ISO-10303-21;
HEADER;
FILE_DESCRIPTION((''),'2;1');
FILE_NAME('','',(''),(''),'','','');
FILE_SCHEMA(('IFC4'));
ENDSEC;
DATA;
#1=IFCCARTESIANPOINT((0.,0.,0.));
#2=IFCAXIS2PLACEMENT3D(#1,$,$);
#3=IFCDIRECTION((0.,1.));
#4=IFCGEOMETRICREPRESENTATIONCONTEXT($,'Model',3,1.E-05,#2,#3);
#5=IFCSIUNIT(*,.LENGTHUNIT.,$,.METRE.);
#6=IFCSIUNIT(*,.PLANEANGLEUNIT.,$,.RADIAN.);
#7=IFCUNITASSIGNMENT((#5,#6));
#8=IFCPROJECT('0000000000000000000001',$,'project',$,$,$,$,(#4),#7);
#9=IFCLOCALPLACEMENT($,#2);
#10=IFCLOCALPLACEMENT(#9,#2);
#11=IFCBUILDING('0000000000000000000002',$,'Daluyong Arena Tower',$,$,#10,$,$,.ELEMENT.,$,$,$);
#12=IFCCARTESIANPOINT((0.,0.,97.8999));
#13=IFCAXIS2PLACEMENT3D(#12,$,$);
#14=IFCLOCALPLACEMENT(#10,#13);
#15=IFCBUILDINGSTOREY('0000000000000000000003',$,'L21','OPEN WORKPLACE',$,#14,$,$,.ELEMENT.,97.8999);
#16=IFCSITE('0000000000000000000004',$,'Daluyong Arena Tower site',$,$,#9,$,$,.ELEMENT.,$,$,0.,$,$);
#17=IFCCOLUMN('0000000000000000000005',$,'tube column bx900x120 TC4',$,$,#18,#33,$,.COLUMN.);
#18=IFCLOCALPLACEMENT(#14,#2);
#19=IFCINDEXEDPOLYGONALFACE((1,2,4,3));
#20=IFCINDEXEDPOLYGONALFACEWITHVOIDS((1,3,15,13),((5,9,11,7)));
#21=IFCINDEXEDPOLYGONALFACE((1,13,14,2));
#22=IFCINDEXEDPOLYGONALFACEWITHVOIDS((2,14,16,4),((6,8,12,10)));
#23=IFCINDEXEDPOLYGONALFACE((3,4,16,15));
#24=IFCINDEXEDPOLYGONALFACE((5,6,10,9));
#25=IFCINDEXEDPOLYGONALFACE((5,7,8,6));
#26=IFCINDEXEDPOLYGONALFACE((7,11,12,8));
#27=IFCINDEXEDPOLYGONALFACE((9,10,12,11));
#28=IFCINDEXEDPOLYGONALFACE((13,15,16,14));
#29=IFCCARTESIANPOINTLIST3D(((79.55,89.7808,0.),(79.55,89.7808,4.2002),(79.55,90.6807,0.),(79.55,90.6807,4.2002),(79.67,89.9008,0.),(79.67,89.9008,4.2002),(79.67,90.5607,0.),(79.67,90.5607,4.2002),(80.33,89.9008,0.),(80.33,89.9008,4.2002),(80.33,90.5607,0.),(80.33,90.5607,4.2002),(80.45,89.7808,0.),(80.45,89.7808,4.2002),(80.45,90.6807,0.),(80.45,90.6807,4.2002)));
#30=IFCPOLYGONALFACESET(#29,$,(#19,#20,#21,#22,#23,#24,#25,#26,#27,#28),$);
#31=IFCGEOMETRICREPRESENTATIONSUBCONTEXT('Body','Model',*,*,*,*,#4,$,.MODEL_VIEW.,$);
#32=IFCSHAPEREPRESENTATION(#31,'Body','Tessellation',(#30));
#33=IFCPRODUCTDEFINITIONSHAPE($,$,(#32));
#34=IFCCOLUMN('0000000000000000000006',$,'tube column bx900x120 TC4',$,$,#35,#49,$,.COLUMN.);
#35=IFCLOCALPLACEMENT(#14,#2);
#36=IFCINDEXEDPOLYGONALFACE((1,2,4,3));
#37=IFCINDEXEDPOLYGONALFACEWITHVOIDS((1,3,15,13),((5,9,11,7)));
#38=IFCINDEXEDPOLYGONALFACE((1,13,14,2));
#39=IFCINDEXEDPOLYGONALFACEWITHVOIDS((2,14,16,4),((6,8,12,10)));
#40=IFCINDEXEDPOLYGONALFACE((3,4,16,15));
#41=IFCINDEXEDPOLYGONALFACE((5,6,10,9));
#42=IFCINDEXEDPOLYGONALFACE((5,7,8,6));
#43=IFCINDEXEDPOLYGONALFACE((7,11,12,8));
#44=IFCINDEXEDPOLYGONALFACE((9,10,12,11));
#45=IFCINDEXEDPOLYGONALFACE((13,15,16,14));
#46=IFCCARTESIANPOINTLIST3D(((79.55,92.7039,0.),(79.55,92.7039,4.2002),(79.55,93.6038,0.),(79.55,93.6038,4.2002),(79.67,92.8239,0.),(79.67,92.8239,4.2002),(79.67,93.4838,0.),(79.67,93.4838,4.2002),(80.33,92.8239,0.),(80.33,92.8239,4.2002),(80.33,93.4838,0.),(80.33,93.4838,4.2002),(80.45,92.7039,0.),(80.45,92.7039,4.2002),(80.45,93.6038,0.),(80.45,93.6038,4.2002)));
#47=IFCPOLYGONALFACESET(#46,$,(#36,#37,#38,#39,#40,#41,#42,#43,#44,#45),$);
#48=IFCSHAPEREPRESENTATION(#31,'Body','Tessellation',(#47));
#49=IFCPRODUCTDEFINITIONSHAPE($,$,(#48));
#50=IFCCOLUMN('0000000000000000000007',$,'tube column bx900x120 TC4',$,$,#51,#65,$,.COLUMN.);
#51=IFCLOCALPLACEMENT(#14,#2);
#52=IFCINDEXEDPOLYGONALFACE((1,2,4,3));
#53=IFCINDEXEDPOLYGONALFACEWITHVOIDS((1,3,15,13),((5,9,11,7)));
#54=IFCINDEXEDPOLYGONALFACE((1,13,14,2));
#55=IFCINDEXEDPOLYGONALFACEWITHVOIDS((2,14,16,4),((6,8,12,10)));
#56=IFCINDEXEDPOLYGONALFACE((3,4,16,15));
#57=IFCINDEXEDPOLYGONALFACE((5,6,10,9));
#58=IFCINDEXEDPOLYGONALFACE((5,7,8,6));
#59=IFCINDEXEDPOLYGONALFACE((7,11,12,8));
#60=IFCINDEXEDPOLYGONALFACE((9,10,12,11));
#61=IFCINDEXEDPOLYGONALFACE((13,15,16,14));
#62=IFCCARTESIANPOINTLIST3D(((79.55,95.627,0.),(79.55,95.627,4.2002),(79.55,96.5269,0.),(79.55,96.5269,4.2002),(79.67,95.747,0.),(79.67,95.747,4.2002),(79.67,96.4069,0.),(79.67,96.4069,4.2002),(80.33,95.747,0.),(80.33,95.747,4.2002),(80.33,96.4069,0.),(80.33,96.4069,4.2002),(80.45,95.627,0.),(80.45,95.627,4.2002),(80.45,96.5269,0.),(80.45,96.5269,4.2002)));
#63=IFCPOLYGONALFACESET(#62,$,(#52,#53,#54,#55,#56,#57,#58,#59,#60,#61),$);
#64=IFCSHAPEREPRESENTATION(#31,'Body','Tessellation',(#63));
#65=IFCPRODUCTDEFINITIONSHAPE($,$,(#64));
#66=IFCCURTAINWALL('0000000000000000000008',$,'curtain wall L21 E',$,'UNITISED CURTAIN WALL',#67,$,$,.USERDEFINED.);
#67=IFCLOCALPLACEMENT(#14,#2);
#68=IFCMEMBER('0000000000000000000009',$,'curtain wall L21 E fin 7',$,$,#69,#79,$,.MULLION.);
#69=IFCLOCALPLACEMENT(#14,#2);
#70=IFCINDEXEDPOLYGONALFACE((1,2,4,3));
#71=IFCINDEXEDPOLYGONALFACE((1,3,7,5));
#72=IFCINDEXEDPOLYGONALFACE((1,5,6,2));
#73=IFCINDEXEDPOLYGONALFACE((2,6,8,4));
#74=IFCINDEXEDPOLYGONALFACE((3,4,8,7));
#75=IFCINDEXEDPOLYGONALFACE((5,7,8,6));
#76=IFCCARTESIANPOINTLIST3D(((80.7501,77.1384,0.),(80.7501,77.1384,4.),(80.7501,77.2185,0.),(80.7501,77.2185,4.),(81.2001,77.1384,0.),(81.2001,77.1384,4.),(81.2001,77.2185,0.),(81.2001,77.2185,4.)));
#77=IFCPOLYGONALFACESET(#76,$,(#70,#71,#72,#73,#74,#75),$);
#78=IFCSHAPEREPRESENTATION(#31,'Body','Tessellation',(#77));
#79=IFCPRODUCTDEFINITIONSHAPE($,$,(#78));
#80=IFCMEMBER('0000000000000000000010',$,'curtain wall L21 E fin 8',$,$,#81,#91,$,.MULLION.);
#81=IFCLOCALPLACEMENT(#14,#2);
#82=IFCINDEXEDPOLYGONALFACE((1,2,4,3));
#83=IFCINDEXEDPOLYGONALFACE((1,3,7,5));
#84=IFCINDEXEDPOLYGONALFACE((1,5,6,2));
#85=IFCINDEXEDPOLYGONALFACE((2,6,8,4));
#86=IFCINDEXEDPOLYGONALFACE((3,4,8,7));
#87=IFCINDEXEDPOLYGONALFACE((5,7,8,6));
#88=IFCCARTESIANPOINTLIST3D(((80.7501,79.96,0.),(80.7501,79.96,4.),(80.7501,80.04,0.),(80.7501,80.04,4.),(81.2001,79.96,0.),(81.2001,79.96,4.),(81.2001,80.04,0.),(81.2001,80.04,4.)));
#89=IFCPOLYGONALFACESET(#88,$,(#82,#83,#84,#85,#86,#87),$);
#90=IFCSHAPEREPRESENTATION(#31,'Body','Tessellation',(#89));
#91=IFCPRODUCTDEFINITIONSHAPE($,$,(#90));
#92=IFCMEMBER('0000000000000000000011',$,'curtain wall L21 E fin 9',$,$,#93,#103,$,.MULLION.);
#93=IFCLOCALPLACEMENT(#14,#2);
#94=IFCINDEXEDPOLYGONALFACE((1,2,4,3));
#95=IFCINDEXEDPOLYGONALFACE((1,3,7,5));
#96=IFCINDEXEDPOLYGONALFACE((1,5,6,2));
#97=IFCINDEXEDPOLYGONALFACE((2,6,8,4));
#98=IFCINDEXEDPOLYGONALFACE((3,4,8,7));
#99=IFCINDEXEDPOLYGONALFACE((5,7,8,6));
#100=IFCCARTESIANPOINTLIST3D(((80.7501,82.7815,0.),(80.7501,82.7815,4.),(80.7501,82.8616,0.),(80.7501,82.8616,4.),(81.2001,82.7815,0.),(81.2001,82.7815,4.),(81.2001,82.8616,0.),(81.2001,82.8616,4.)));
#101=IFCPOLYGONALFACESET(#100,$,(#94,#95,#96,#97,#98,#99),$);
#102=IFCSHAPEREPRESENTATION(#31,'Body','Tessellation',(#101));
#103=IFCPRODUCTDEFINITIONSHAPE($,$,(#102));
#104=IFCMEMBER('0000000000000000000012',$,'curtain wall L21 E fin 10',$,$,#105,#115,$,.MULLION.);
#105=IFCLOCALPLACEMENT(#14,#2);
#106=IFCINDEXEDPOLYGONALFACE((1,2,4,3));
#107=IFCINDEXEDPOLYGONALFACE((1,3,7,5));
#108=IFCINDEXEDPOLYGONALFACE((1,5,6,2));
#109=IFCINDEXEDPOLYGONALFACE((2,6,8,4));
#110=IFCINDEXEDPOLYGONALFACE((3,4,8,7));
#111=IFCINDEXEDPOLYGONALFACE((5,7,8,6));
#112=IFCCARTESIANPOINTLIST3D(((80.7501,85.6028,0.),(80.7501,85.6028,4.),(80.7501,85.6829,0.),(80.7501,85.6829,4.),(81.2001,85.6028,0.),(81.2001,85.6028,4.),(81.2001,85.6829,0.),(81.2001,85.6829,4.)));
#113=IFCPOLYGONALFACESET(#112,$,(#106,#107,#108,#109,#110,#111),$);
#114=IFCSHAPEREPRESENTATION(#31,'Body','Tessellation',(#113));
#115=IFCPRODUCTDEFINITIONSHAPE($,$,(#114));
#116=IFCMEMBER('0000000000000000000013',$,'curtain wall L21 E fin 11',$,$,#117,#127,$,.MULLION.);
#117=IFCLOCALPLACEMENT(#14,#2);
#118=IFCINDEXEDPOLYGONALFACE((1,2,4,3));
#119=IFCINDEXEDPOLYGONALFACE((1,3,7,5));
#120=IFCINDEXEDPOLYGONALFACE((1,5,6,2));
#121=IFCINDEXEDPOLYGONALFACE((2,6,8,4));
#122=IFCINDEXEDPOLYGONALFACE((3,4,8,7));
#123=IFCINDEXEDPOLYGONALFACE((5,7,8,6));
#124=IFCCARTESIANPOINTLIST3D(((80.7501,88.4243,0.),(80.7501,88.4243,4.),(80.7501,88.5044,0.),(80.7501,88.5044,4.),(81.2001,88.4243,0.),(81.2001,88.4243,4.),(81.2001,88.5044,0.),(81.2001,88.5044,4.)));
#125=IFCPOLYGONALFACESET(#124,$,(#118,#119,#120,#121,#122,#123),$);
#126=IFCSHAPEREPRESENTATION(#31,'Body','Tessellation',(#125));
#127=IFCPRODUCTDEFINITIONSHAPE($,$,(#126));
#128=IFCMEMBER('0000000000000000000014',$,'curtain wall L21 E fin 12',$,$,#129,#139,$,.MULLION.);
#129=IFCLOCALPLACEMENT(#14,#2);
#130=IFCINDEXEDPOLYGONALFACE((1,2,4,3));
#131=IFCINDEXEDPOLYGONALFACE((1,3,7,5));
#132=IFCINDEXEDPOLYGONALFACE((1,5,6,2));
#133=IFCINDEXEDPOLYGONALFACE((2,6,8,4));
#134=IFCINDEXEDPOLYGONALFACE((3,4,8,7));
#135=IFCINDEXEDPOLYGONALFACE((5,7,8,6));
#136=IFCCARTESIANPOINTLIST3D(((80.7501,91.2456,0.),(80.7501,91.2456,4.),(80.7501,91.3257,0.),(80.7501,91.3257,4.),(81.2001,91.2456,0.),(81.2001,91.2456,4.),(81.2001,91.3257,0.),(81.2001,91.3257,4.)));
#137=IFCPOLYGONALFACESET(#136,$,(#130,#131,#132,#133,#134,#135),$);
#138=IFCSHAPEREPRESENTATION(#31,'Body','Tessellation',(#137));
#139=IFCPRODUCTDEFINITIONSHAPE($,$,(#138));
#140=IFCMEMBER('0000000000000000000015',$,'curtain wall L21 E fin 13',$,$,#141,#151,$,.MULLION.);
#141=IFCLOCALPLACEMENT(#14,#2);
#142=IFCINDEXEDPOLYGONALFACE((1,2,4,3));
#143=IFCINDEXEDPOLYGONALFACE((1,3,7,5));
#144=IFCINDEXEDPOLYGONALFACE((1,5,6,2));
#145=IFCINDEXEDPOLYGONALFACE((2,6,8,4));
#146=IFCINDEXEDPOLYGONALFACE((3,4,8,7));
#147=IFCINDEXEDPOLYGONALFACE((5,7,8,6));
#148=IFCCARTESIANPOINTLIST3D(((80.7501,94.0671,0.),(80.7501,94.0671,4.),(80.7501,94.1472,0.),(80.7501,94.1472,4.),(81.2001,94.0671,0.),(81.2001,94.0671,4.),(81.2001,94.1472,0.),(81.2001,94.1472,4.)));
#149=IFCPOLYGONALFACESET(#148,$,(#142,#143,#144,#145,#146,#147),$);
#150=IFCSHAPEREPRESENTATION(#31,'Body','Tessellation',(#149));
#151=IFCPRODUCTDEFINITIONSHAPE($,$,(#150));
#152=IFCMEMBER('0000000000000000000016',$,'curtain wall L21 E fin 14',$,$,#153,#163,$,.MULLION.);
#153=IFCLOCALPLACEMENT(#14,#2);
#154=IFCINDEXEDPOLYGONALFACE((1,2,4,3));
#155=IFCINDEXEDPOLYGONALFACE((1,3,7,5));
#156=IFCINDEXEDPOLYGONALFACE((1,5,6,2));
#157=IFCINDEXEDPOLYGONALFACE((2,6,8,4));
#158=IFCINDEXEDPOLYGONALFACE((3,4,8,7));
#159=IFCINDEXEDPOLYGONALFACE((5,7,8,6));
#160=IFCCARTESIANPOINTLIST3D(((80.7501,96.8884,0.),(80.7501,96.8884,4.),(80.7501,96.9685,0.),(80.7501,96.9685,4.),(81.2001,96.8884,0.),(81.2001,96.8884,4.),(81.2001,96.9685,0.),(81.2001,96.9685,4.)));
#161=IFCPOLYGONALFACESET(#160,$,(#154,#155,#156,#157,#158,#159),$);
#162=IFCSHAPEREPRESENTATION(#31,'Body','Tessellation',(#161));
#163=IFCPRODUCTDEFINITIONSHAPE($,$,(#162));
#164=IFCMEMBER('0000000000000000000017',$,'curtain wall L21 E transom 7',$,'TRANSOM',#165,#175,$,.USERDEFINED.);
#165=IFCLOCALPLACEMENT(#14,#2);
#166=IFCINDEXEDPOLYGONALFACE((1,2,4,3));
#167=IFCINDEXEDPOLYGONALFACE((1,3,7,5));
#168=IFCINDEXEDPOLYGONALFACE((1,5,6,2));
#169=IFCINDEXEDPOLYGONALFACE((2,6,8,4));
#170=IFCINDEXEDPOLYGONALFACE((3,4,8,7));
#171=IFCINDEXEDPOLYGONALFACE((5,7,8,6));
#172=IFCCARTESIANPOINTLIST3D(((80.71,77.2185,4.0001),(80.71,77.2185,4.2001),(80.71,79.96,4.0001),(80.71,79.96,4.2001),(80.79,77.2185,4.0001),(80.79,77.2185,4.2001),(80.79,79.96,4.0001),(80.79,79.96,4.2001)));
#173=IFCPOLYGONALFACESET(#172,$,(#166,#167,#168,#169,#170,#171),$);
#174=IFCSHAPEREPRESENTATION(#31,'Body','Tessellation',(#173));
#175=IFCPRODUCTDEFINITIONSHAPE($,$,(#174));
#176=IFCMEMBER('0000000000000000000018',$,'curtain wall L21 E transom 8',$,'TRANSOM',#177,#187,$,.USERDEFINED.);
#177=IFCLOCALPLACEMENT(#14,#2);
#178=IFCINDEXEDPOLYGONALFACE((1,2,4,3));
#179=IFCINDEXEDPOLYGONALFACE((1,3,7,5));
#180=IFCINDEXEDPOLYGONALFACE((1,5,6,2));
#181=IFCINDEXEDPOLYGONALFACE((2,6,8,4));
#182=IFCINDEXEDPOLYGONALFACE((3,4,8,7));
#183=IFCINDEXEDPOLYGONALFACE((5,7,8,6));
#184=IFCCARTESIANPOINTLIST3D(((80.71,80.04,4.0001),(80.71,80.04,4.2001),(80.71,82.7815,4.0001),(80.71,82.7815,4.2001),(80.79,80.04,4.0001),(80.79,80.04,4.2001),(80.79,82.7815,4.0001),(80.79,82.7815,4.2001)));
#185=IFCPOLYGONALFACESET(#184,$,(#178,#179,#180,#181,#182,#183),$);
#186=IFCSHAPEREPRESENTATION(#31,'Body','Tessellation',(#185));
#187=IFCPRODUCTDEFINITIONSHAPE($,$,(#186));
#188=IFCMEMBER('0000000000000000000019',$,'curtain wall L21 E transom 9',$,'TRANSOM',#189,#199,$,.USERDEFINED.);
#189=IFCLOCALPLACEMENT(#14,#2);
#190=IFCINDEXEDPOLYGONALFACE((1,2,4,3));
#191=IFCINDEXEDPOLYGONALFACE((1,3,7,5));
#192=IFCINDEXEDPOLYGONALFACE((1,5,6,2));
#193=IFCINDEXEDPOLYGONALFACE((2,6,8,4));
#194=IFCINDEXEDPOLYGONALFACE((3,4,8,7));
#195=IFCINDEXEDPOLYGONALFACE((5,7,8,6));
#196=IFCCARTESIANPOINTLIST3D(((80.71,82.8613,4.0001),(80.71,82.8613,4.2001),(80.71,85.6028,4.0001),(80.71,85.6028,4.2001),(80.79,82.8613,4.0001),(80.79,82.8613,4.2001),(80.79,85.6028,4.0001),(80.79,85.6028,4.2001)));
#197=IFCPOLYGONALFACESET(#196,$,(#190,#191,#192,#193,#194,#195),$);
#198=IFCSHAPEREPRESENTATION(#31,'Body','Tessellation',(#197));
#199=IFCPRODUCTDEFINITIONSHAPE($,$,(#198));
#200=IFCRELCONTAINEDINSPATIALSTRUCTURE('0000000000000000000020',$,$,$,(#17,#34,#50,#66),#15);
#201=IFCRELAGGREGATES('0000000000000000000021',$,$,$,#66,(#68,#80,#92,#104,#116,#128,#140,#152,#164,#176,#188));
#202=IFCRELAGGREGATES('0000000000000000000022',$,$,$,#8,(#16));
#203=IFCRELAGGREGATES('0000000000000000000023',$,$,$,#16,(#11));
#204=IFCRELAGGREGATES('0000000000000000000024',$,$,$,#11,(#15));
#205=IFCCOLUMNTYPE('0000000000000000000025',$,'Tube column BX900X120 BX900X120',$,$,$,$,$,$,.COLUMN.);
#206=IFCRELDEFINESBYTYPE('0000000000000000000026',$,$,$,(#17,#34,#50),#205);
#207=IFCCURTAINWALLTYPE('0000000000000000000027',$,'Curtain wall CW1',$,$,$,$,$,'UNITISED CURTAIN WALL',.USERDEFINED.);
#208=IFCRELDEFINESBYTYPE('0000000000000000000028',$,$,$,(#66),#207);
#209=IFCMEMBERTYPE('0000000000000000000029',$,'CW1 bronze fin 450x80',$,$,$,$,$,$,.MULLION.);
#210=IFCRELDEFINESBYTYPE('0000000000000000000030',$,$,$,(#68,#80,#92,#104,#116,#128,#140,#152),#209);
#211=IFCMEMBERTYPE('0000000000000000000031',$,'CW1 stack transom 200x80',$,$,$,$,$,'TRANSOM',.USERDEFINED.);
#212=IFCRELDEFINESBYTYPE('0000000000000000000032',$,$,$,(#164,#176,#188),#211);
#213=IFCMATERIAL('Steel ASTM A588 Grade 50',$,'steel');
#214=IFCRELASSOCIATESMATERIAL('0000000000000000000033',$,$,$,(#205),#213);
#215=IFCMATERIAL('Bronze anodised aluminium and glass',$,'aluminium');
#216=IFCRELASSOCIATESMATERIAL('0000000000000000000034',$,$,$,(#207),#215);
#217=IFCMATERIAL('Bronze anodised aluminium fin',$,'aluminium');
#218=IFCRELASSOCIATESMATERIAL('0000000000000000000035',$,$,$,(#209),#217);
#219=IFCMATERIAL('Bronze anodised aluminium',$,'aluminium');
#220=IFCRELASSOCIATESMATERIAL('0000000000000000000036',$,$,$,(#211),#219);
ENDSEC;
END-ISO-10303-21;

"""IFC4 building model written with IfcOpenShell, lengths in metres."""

from ifc_helpers import new_model, si_unit, direction, frame, origin, origin_2d, place, context, subcontext, project, spatial, rectangle, hollow_rectangle, extrude, material, material_profile, profile_set, type_object, element, aggregate, save


model = new_model("IFC4")

# Units and contexts
model_context = context("Model", 3, precision=1e-05, world=origin(), true_north=direction((0.0, 1.0)))
body_context = subcontext(model_context, "Body", "Model", "MODEL_VIEW")
ifc_project = project(units=[si_unit("LENGTHUNIT", "METRE"), si_unit("PLANEANGLEUNIT", "RADIAN")], contexts=[model_context])

# Site, building, storey
site_placement = place(None, origin())
site = spatial("IfcSite", under=ifc_project, at=site_placement, Name="Daluyong Arena Tower site", CompositionType="ELEMENT", RefElevation=0.0)
building_placement = place(site_placement, origin())
building = spatial("IfcBuilding", under=site, at=building_placement, Name="Daluyong Arena Tower", CompositionType="ELEMENT")
storey_placement = place(building_placement, frame((0.0, 0.0, 97.8999)))
storey = spatial("IfcBuildingStorey", under=building, at=storey_placement, Name="L21", Description="OPEN WORKPLACE", CompositionType="ELEMENT", Elevation=97.8999)

# Columns
ifc_material_1 = material(Name="Steel ASTM A588 Grade 50", Category="steel")
ifc_material_profile_1 = material_profile(ifc_material_1, hollow_rectangle(XDim=0.8999, YDim=0.8999, WallThickness=0.12, at=origin_2d()))
ifc_profile_set_1 = profile_set([ifc_material_profile_1], Name="Steel ASTM A588 Grade 50")
column_type = type_object("IfcColumnType", Name="Tube column BX900X120 BX900X120", PredefinedType="COLUMN", material=ifc_profile_set_1)
for number, where, z_axis, x_axis, name in (
    (1, (80.0, 90.2307, 0.0), (0.0, 0.0, 1.0), (0.0, 1.0, 0.0), "tube column bx900x120 TC4"),
    (2, (80.0, 93.1538, 0.0), (0.0, 0.0, 1.0), (0.0, 1.0, 0.0), "tube column bx900x120 TC4"),
    (3, (80.0, 96.0769, 0.0), (0.0, 0.0, 1.0), (0.0, 1.0, 0.0), "tube column bx900x120 TC4"),
):
    element("IfcColumn", number, at=place(storey_placement, frame(where, z_axis=z_axis, x_axis=x_axis)), inside=storey, type_object=column_type, Name=name, PredefinedType="COLUMN", context=body_context, shape_type="SweptSolid", body=[
        extrude(hollow_rectangle(XDim=0.8999, YDim=0.8999, WallThickness=0.12, at=origin_2d()), origin(), (0.0, 0.0, 1.0), 4.2002),
    ])

# Curtain wall, members
ifc_material_2 = material(Name="Bronze anodised aluminium and glass", Category="aluminium")
curtain_wall_type = type_object("IfcCurtainWallType", Name="Curtain wall CW1", ElementType="UNITISED CURTAIN WALL", PredefinedType="USERDEFINED", material=ifc_material_2)
curtain_wall_placement = place(storey_placement, origin())
curtain_wall = element("IfcCurtainWall", 4, at=curtain_wall_placement, inside=storey, type_object=curtain_wall_type, Name="curtain wall L21 E", ObjectType="UNITISED CURTAIN WALL", PredefinedType="USERDEFINED")
ifc_material_3 = material(Name="Bronze anodised aluminium fin", Category="aluminium")
ifc_material_profile_2 = material_profile(ifc_material_3, rectangle(XDim=0.45, YDim=0.0801, at=origin_2d()))
ifc_profile_set_2 = profile_set([ifc_material_profile_2], Name="Bronze anodised aluminium fin")
member_type_1 = type_object("IfcMemberType", Name="CW1 bronze fin 450x80", PredefinedType="MULLION", material=ifc_profile_set_2)
member_1_placement = place(storey_placement, frame((80.9751, 77.1785, 0.0), z_axis=(0.0, 0.0, 1.0), x_axis=(-1.0, 0.0, 0.0)))
member_1 = element("IfcMember", 5, at=member_1_placement, type_object=member_type_1, Name="curtain wall L21 E fin 7", PredefinedType="MULLION", context=body_context, shape_type="SweptSolid", body=[
    extrude(rectangle(XDim=0.45, YDim=0.0801, at=origin_2d()), origin(), (0.0, 0.0, 1.0), 4.0),
])
member_2_placement = place(storey_placement, frame((80.9751, 80.0, 0.0), z_axis=(0.0, 0.0, 1.0), x_axis=(-1.0, 0.0, 0.0)))
member_2 = element("IfcMember", 6, at=member_2_placement, type_object=member_type_1, Name="curtain wall L21 E fin 8", PredefinedType="MULLION", context=body_context, shape_type="SweptSolid", body=[
    extrude(rectangle(XDim=0.45, YDim=0.0801, at=origin_2d()), origin(), (0.0, 0.0, 1.0), 4.0),
])
member_3_placement = place(storey_placement, frame((80.9751, 82.8215, 0.0), z_axis=(0.0, 0.0, 1.0), x_axis=(-1.0, 0.0, 0.0)))
member_3 = element("IfcMember", 7, at=member_3_placement, type_object=member_type_1, Name="curtain wall L21 E fin 9", PredefinedType="MULLION", context=body_context, shape_type="SweptSolid", body=[
    extrude(rectangle(XDim=0.45, YDim=0.0801, at=origin_2d()), origin(), (0.0, 0.0, 1.0), 4.0),
])
member_4_placement = place(storey_placement, frame((80.9751, 85.6428, 0.0), z_axis=(0.0, 0.0, 1.0), x_axis=(-1.0, 0.0, 0.0)))
member_4 = element("IfcMember", 8, at=member_4_placement, type_object=member_type_1, Name="curtain wall L21 E fin 10", PredefinedType="MULLION", context=body_context, shape_type="SweptSolid", body=[
    extrude(rectangle(XDim=0.45, YDim=0.0801, at=origin_2d()), origin(), (0.0, 0.0, 1.0), 4.0),
])
member_5_placement = place(storey_placement, frame((80.9751, 88.4644, 0.0), z_axis=(0.0, 0.0, 1.0), x_axis=(-1.0, 0.0, 0.0)))
member_5 = element("IfcMember", 9, at=member_5_placement, type_object=member_type_1, Name="curtain wall L21 E fin 11", PredefinedType="MULLION", context=body_context, shape_type="SweptSolid", body=[
    extrude(rectangle(XDim=0.45, YDim=0.0801, at=origin_2d()), origin(), (0.0, 0.0, 1.0), 4.0),
])
member_6_placement = place(storey_placement, frame((80.9751, 91.2856, 0.0), z_axis=(0.0, 0.0, 1.0), x_axis=(-1.0, 0.0, 0.0)))
member_6 = element("IfcMember", 10, at=member_6_placement, type_object=member_type_1, Name="curtain wall L21 E fin 12", PredefinedType="MULLION", context=body_context, shape_type="SweptSolid", body=[
    extrude(rectangle(XDim=0.45, YDim=0.0801, at=origin_2d()), origin(), (0.0, 0.0, 1.0), 4.0),
])
member_7_placement = place(storey_placement, frame((80.9751, 94.1072, 0.0), z_axis=(0.0, 0.0, 1.0), x_axis=(-1.0, 0.0, 0.0)))
member_7 = element("IfcMember", 11, at=member_7_placement, type_object=member_type_1, Name="curtain wall L21 E fin 13", PredefinedType="MULLION", context=body_context, shape_type="SweptSolid", body=[
    extrude(rectangle(XDim=0.45, YDim=0.0801, at=origin_2d()), origin(), (0.0, 0.0, 1.0), 4.0),
])
member_8_placement = place(storey_placement, frame((80.9751, 96.9285, 0.0), z_axis=(0.0, 0.0, 1.0), x_axis=(-1.0, 0.0, 0.0)))
member_8 = element("IfcMember", 12, at=member_8_placement, type_object=member_type_1, Name="curtain wall L21 E fin 14", PredefinedType="MULLION", context=body_context, shape_type="SweptSolid", body=[
    extrude(rectangle(XDim=0.45, YDim=0.0801, at=origin_2d()), origin(), (0.0, 0.0, 1.0), 4.0),
])
ifc_material_4 = material(Name="Bronze anodised aluminium", Category="aluminium")
ifc_material_profile_3 = material_profile(ifc_material_4, rectangle(XDim=0.0801, YDim=0.2, at=origin_2d()))
ifc_profile_set_3 = profile_set([ifc_material_profile_3], Name="Bronze anodised aluminium")
member_type_2 = type_object("IfcMemberType", Name="CW1 stack transom 200x80", ElementType="TRANSOM", PredefinedType="USERDEFINED", material=ifc_profile_set_3)
member_9_placement = place(storey_placement, frame((80.75, 77.2185, 4.1001), z_axis=(0.0, 1.0, 0.0), x_axis=(-1.0, 0.0, 0.0)))
member_9 = element("IfcMember", 13, at=member_9_placement, type_object=member_type_2, Name="curtain wall L21 E transom 7", ObjectType="TRANSOM", PredefinedType="USERDEFINED", context=body_context, shape_type="SweptSolid", body=[
    extrude(rectangle(XDim=0.0801, YDim=0.2, at=origin_2d()), origin(), (0.0, 0.0, 1.0), 2.7415),
])
member_10_placement = place(storey_placement, frame((80.75, 80.04, 4.1001), z_axis=(0.0, 1.0, 0.0), x_axis=(-1.0, 0.0, 0.0)))
member_10 = element("IfcMember", 14, at=member_10_placement, type_object=member_type_2, Name="curtain wall L21 E transom 8", ObjectType="TRANSOM", PredefinedType="USERDEFINED", context=body_context, shape_type="SweptSolid", body=[
    extrude(rectangle(XDim=0.0801, YDim=0.2, at=origin_2d()), origin(), (0.0, 0.0, 1.0), 2.7415),
])
member_11_placement = place(storey_placement, frame((80.75, 82.8613, 4.1001), z_axis=(0.0, 1.0, 0.0), x_axis=(-1.0, 0.0, 0.0)))
member_11 = element("IfcMember", 15, at=member_11_placement, type_object=member_type_2, Name="curtain wall L21 E transom 9", ObjectType="TRANSOM", PredefinedType="USERDEFINED", context=body_context, shape_type="SweptSolid", body=[
    extrude(rectangle(XDim=0.0801, YDim=0.2, at=origin_2d()), origin(), (0.0, 0.0, 1.0), 2.7415),
])

aggregate(curtain_wall, [member_1, member_2, member_3, member_4, member_5, member_6, member_7, member_8, member_9, member_10, member_11])

save(model, "model.ifc")
